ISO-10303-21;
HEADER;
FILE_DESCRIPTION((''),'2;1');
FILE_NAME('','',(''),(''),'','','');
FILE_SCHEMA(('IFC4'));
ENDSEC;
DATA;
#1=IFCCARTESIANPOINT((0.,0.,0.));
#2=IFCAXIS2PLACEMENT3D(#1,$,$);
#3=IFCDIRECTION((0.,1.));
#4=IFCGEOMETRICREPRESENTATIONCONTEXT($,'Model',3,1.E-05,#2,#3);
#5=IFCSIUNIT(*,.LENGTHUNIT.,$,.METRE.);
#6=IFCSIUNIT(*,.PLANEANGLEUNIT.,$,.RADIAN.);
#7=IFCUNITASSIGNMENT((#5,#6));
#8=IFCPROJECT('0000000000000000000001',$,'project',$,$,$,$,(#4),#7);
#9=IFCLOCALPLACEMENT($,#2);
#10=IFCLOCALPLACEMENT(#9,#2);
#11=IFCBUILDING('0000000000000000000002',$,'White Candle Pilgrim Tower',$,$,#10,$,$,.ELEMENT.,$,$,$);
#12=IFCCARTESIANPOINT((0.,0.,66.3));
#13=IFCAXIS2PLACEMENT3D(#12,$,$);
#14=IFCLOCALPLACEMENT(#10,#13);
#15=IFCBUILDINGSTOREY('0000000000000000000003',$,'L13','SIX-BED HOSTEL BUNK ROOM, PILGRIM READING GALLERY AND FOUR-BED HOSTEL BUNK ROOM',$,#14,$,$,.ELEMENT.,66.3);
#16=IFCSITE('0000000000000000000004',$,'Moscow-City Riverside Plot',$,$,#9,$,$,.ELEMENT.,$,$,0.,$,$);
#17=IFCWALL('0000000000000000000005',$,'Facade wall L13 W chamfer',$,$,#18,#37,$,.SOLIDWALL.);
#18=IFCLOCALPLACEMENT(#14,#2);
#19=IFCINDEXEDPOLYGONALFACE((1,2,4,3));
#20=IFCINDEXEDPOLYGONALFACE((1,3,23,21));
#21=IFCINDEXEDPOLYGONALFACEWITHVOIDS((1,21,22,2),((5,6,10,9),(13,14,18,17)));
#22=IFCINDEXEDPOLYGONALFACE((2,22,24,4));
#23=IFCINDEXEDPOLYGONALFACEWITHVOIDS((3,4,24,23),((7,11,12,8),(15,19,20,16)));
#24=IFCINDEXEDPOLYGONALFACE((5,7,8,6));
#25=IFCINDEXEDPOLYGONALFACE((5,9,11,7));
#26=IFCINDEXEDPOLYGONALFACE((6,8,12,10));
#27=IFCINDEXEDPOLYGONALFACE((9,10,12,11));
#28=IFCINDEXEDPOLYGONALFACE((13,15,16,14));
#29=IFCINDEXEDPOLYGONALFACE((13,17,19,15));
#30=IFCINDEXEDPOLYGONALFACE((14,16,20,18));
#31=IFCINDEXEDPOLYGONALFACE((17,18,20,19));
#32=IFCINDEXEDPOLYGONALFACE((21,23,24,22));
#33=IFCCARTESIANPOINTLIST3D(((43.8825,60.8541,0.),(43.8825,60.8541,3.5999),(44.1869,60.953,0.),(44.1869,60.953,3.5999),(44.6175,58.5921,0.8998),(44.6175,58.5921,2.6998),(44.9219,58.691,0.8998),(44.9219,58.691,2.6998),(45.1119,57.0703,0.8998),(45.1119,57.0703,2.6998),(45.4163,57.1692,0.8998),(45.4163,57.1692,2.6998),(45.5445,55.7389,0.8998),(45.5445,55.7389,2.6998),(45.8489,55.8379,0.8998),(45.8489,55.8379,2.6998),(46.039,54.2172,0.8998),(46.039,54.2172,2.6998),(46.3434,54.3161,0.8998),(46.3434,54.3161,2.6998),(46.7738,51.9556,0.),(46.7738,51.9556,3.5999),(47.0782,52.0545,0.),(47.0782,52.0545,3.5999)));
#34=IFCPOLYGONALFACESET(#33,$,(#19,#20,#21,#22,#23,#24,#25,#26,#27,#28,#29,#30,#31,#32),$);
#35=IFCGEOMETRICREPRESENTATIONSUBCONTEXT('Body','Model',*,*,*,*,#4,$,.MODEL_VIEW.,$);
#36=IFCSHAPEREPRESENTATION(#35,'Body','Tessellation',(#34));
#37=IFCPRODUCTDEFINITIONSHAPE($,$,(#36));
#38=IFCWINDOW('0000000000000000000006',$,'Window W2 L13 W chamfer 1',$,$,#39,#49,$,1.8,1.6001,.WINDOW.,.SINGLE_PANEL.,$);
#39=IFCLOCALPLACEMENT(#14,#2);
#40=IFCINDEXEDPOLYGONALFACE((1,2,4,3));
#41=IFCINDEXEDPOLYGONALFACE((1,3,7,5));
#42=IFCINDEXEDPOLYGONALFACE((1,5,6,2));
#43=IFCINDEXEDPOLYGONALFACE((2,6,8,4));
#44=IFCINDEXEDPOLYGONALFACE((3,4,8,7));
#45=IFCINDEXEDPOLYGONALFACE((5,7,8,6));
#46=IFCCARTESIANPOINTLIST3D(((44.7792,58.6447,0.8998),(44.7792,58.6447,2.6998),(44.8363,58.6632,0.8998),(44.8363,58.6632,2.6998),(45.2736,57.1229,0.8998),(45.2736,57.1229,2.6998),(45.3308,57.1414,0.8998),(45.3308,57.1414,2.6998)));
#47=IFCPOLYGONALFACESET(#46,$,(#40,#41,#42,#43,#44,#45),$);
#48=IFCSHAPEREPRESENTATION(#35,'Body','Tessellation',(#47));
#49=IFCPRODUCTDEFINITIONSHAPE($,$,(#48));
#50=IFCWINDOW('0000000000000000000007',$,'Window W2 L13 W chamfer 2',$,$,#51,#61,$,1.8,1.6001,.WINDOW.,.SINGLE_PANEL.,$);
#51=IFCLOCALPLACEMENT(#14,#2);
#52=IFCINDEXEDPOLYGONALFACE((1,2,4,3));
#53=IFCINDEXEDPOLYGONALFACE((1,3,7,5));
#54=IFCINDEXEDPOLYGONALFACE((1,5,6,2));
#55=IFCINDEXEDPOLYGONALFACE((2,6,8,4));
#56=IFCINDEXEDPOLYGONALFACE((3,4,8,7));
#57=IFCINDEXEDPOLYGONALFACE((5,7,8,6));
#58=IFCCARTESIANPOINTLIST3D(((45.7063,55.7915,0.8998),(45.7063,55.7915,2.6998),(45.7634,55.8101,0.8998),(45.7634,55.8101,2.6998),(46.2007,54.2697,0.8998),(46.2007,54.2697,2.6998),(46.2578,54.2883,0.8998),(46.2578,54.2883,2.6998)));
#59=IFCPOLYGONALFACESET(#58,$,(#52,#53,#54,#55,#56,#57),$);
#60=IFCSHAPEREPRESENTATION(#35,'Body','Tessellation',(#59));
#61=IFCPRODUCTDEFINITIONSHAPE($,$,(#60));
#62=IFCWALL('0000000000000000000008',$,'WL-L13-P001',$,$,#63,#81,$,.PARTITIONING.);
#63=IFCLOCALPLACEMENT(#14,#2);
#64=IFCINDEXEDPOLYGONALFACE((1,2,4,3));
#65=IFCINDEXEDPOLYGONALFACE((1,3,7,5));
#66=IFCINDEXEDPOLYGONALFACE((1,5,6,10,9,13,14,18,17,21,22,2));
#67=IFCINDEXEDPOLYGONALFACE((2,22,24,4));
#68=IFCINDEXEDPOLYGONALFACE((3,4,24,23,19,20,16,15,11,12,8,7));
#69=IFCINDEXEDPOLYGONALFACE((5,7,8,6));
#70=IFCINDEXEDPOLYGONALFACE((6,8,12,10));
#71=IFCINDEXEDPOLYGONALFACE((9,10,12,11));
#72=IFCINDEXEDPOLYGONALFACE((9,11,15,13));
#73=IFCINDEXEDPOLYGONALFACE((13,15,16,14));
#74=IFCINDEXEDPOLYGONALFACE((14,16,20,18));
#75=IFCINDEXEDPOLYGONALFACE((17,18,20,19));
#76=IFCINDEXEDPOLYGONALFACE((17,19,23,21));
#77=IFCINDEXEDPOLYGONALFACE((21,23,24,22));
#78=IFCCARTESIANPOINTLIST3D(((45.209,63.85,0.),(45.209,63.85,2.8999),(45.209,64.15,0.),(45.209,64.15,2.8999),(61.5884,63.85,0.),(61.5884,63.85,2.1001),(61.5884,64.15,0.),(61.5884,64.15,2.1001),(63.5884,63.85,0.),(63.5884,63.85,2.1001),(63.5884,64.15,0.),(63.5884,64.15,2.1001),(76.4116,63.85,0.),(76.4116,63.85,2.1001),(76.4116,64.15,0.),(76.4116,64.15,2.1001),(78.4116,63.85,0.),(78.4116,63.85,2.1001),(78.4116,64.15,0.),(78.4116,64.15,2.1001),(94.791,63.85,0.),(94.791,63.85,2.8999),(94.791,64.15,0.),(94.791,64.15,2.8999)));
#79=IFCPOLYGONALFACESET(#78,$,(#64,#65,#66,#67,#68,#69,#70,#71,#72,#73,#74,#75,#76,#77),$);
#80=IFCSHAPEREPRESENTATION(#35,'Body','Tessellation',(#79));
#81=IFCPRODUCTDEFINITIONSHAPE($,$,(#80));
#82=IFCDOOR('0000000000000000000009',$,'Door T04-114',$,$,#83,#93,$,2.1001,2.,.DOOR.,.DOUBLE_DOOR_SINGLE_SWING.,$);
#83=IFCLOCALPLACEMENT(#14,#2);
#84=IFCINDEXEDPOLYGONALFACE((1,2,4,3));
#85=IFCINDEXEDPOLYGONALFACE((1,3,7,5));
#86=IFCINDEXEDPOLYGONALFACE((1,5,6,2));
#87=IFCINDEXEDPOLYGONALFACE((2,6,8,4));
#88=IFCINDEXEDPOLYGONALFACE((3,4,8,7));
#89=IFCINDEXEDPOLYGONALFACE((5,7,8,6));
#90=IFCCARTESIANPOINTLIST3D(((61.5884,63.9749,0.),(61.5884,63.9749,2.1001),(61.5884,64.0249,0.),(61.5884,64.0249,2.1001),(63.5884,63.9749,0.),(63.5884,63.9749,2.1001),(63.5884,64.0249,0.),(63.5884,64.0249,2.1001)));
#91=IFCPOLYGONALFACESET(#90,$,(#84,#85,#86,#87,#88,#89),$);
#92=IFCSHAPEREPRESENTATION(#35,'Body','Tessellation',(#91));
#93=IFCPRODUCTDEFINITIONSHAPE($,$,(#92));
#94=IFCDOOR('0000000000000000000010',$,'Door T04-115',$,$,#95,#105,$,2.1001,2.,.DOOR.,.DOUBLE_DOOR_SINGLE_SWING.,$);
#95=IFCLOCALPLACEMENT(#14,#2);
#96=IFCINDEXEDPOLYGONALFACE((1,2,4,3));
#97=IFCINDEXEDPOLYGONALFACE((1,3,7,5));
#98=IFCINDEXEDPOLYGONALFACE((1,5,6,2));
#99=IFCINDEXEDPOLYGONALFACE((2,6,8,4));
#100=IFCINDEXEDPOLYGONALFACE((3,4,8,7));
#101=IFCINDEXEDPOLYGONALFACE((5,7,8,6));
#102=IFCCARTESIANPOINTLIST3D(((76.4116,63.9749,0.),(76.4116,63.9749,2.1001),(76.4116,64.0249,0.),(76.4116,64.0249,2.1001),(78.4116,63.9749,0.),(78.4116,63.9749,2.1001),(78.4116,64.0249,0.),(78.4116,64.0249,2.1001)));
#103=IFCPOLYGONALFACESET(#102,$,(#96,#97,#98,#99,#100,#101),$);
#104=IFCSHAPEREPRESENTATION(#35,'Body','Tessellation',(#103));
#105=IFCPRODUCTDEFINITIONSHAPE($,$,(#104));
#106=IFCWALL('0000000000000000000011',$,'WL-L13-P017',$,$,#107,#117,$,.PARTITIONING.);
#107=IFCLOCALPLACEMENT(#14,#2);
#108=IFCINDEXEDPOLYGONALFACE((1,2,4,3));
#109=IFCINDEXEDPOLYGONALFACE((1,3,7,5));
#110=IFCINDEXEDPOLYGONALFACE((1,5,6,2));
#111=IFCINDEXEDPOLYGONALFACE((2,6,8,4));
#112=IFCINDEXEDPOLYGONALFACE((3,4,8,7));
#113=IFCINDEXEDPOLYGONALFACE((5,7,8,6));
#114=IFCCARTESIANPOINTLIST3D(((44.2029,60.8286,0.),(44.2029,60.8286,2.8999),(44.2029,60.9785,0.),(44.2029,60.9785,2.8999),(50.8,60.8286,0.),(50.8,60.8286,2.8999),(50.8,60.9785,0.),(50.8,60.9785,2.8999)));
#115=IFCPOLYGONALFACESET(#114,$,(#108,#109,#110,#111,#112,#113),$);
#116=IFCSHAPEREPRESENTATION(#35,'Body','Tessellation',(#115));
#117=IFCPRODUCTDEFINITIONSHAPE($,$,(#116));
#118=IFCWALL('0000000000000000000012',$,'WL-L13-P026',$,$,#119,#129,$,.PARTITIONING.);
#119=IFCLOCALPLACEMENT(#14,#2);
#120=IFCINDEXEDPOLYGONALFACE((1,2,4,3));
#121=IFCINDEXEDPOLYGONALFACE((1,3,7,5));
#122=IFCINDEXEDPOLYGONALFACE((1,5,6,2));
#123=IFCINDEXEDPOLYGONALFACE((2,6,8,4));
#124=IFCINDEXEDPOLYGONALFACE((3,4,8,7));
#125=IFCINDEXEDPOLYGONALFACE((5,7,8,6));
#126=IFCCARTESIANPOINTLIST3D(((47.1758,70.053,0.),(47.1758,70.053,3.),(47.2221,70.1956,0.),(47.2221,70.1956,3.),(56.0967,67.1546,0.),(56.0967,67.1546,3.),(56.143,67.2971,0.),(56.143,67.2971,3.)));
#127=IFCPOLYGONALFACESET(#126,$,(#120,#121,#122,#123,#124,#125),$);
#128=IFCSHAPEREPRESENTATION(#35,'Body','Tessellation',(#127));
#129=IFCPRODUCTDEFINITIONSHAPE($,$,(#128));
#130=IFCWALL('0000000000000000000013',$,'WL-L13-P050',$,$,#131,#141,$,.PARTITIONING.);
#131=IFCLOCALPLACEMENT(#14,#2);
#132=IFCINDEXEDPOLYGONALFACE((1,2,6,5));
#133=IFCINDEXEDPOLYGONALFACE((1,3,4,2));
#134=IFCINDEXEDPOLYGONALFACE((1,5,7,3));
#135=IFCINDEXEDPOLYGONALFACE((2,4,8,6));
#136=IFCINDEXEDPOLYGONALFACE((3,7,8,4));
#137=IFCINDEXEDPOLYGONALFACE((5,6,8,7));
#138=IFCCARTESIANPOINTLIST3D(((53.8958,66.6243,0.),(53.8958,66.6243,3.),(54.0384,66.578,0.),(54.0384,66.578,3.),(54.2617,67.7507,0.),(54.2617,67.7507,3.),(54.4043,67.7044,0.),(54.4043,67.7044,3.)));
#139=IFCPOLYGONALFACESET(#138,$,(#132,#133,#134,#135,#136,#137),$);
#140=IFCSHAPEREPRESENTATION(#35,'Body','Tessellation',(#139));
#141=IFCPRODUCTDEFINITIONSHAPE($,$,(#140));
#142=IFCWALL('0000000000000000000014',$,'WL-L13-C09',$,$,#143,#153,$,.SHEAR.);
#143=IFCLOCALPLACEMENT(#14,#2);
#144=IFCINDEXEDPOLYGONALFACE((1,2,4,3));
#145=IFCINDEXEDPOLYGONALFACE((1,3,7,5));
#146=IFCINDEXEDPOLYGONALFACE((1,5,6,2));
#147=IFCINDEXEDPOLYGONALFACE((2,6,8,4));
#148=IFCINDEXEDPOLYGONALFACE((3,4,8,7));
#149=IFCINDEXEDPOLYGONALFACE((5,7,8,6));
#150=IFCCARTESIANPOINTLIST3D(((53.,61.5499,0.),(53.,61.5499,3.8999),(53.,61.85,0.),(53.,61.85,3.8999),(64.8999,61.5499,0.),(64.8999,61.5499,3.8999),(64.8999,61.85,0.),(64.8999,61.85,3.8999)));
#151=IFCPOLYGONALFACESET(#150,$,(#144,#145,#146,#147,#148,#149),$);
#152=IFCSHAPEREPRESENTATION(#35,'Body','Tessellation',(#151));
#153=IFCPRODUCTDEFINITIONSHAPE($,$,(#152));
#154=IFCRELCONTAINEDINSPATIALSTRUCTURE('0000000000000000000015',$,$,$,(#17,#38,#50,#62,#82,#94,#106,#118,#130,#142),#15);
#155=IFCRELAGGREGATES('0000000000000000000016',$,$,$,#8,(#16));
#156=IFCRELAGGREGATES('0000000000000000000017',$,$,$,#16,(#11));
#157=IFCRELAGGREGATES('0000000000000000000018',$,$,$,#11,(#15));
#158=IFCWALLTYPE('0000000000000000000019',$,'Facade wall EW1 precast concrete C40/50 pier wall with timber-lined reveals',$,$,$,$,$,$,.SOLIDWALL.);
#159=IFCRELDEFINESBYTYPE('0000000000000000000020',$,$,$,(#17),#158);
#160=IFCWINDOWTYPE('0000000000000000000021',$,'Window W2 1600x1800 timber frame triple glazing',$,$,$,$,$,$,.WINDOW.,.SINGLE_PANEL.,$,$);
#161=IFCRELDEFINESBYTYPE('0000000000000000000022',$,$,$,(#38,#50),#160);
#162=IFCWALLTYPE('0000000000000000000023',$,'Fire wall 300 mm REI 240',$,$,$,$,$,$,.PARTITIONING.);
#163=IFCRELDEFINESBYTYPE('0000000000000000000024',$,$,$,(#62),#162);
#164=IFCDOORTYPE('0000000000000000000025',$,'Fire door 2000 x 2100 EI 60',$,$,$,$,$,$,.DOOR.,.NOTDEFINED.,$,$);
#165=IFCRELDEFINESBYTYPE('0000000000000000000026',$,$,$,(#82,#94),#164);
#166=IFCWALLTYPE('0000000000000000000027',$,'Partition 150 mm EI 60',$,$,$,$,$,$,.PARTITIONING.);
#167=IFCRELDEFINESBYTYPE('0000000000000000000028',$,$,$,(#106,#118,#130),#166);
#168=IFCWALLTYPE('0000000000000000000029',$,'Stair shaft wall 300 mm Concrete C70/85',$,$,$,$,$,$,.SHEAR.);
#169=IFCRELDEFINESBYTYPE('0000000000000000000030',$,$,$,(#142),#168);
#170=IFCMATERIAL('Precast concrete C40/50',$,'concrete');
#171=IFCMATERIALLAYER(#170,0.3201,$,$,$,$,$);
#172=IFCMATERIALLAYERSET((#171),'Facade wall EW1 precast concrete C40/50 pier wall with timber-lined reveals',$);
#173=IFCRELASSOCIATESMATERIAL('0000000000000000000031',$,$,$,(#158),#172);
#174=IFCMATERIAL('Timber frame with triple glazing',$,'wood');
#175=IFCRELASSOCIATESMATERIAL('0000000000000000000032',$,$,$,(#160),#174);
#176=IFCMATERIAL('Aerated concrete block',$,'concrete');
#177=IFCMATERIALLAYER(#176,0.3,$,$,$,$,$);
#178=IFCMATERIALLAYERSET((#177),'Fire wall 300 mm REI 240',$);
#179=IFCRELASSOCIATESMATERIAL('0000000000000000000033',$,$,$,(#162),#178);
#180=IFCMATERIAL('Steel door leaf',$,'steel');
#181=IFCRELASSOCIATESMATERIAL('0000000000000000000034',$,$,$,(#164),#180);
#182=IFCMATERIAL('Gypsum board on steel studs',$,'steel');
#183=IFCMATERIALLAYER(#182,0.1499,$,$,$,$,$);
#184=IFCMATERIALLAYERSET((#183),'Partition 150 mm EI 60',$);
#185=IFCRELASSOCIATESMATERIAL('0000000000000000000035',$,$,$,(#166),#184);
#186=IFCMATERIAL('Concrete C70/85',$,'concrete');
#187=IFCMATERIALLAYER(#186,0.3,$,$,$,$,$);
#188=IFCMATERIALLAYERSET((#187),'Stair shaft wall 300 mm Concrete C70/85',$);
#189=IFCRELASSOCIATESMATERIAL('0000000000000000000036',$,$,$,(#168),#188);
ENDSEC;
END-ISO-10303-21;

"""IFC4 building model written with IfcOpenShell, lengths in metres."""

from ifc_helpers import new_model, si_unit, direction, frame, frame_2d, origin, place, context, subcontext, project, spatial, rectangle, extrude, material, layer, layer_set, type_object, element, fill, save


model = new_model("IFC4")

# Units and contexts
model_context = context("Model", 3, precision=1e-05, world=origin(), true_north=direction((0.0, 1.0)))
body_context = subcontext(model_context, "Body", "Model", "MODEL_VIEW")
ifc_project = project(units=[si_unit("LENGTHUNIT", "METRE"), si_unit("PLANEANGLEUNIT", "RADIAN")], contexts=[model_context])

# Site, building, storey
site_placement = place(None, origin())
site = spatial("IfcSite", under=ifc_project, at=site_placement, Name="Moscow-City Riverside Plot", CompositionType="ELEMENT", RefElevation=0.0)
building_placement = place(site_placement, origin())
building = spatial("IfcBuilding", under=site, at=building_placement, Name="White Candle Pilgrim Tower", CompositionType="ELEMENT")
storey_placement = place(building_placement, frame((0.0, 0.0, 66.3)))
storey = spatial("IfcBuildingStorey", under=building, at=storey_placement, Name="L13", Description="SIX-BED HOSTEL BUNK ROOM, PILGRIM READING GALLERY AND FOUR-BED HOSTEL BUNK ROOM", CompositionType="ELEMENT", Elevation=66.3)

# Shared definitions
ifc_material_1 = material(Name="Gypsum board on steel studs", Category="steel")
ifc_material_2 = material(Name="Steel door leaf", Category="steel")

# Wall, openings, windows
ifc_material_3 = material(Name="Precast concrete C40/50", Category="concrete")
ifc_layer_1 = layer(ifc_material_3, 0.3201)
ifc_layer_set_1 = layer_set([ifc_layer_1], Name="Facade wall EW1 precast concrete C40/50 pier wall with timber-lined reveals")
wall_type_1 = type_object("IfcWallType", Name="Facade wall EW1 precast concrete C40/50 pier wall with timber-lined reveals", PredefinedType="SOLIDWALL", material=ifc_layer_set_1)
wall_1_placement = place(storey_placement, frame((44.0347, 60.9036, 0.0), z_axis=(0.0, 0.0, 1.0), x_axis=(0.309025, -0.951054, 0.0)))
wall_1 = element("IfcWall", 1, at=wall_1_placement, inside=storey, type_object=wall_type_1, Name="Facade wall L13 W chamfer", PredefinedType="SOLIDWALL", context=body_context, shape_type="SweptSolid", body=[
    extrude(rectangle(XDim=9.3564, YDim=0.3201, at=frame_2d((4.6782, 0.0))), origin(), (0.0, 0.0, 1.0), 3.5999),
])
opening_1_placement = place(wall_1_placement, frame((2.3784, 0.0, 0.8999)))
opening_1 = element("IfcOpeningElement", 2, at=opening_1_placement, cuts=wall_1, PredefinedType="OPENING", context=body_context, shape_type="SweptSolid", body=[
    extrude(rectangle(XDim=1.6001, YDim=1.8, at=frame_2d((0.8, 0.8999))), frame((0.0, 0.1699, 0.0), z_axis=(0.0, -1.0, 0.0), x_axis=(1.0, 0.0, 0.0)), (0.0, 0.0, 1.0), 0.3401),
])
opening_2_placement = place(wall_1_placement, frame((5.3784, 0.0, 0.8999)))
opening_2 = element("IfcOpeningElement", 3, at=opening_2_placement, cuts=wall_1, PredefinedType="OPENING", context=body_context, shape_type="SweptSolid", body=[
    extrude(rectangle(XDim=1.6001, YDim=1.8, at=frame_2d((0.8, 0.8999))), frame((0.0, 0.1699, 0.0), z_axis=(0.0, -1.0, 0.0), x_axis=(1.0, 0.0, 0.0)), (0.0, 0.0, 1.0), 0.3401),
])
ifc_material_4 = material(Name="Timber frame with triple glazing", Category="wood")
window_type = type_object("IfcWindowType", Name="Window W2 1600x1800 timber frame triple glazing", PartitioningType="SINGLE_PANEL", PredefinedType="WINDOW", material=ifc_material_4)
window_1_placement = place(opening_1_placement, origin())
window_1 = element("IfcWindow", 4, at=window_1_placement, inside=storey, type_object=window_type, Name="Window W2 L13 W chamfer 1", OverallHeight=1.8, OverallWidth=1.6001, PartitioningType="SINGLE_PANEL", PredefinedType="WINDOW", context=body_context, shape_type="SweptSolid", body=[
    extrude(rectangle(XDim=1.6001, YDim=1.8, at=frame_2d((0.8, 0.8999))), frame((0.0, 0.0701, 0.0), z_axis=(0.0, -1.0, 0.0), x_axis=(1.0, 0.0, 0.0)), (0.0, 0.0, 1.0), 0.0601),
])
fill(opening_1, window_1)
window_2_placement = place(opening_2_placement, origin())
window_2 = element("IfcWindow", 5, at=window_2_placement, inside=storey, type_object=window_type, Name="Window W2 L13 W chamfer 2", OverallHeight=1.8, OverallWidth=1.6001, PartitioningType="SINGLE_PANEL", PredefinedType="WINDOW", context=body_context, shape_type="SweptSolid", body=[
    extrude(rectangle(XDim=1.6001, YDim=1.8, at=frame_2d((0.8, 0.8999))), frame((0.0, 0.0701, 0.0), z_axis=(0.0, -1.0, 0.0), x_axis=(1.0, 0.0, 0.0)), (0.0, 0.0, 1.0), 0.0601),
])
fill(opening_2, window_2)

# Wall, openings, doors
ifc_material_5 = material(Name="Aerated concrete block", Category="concrete")
ifc_layer_2 = layer(ifc_material_5, 0.3)
ifc_layer_set_2 = layer_set([ifc_layer_2], Name="Fire wall 300 mm REI 240")
wall_type_2 = type_object("IfcWallType", Name="Fire wall 300 mm REI 240", PredefinedType="PARTITIONING", material=ifc_layer_set_2)
wall_2_placement = place(storey_placement, frame((45.209, 64.0, 0.0), z_axis=(0.0, 0.0, 1.0), x_axis=(1.0, 0.0, 0.0)))
wall_2 = element("IfcWall", 6, at=wall_2_placement, inside=storey, type_object=wall_type_2, Name="WL-L13-P001", PredefinedType="PARTITIONING", context=body_context, shape_type="SweptSolid", body=[
    extrude(rectangle(XDim=49.582, YDim=0.3, at=frame_2d((24.791, 0.0))), origin(), (0.0, 0.0, 1.0), 2.8999),
])
opening_3_placement = place(wall_2_placement, frame((16.3794, 0.0, 0.0)))
opening_3 = element("IfcOpeningElement", 7, at=opening_3_placement, cuts=wall_2, PredefinedType="OPENING", context=body_context, shape_type="SweptSolid", body=[
    extrude(rectangle(XDim=2.0, YDim=2.1001, at=frame_2d((1.0, 1.05))), frame((0.0, 0.1599, 0.0), z_axis=(0.0, -1.0, 0.0), x_axis=(1.0, 0.0, 0.0)), (0.0, 0.0, 1.0), 0.3201),
])
opening_4_placement = place(wall_2_placement, frame((31.2026, 0.0, 0.0)))
opening_4 = element("IfcOpeningElement", 8, at=opening_4_placement, cuts=wall_2, PredefinedType="OPENING", context=body_context, shape_type="SweptSolid", body=[
    extrude(rectangle(XDim=2.0, YDim=2.1001, at=frame_2d((1.0, 1.05))), frame((0.0, 0.1599, 0.0), z_axis=(0.0, -1.0, 0.0), x_axis=(1.0, 0.0, 0.0)), (0.0, 0.0, 1.0), 0.3201),
])
door_type_1 = type_object("IfcDoorType", Name="Fire door 2000 x 2100 EI 60", OperationType="NOTDEFINED", PredefinedType="DOOR", material=ifc_material_2)
door_1_placement = place(opening_3_placement, origin())
door_1 = element("IfcDoor", 9, at=door_1_placement, inside=storey, type_object=door_type_1, Name="Door T04-114", OperationType="DOUBLE_DOOR_SINGLE_SWING", OverallHeight=2.1001, OverallWidth=2.0, PredefinedType="DOOR", context=body_context, shape_type="SweptSolid", body=[
    extrude(rectangle(XDim=2.0, YDim=2.1001, at=frame_2d((1.0, 1.05))), frame((0.0, 0.0249, 0.0), z_axis=(0.0, -1.0, 0.0), x_axis=(1.0, 0.0, 0.0)), (0.0, 0.0, 1.0), 0.05),
])
fill(opening_3, door_1)
door_2_placement = place(opening_4_placement, origin())
door_2 = element("IfcDoor", 10, at=door_2_placement, inside=storey, type_object=door_type_1, Name="Door T04-115", OperationType="DOUBLE_DOOR_SINGLE_SWING", OverallHeight=2.1001, OverallWidth=2.0, PredefinedType="DOOR", context=body_context, shape_type="SweptSolid", body=[
    extrude(rectangle(XDim=2.0, YDim=2.1001, at=frame_2d((1.0, 1.05))), frame((0.0, 0.0249, 0.0), z_axis=(0.0, -1.0, 0.0), x_axis=(1.0, 0.0, 0.0)), (0.0, 0.0, 1.0), 0.05),
])
fill(opening_4, door_2)

# Walls
ifc_layer_3 = layer(ifc_material_1, 0.1499)
ifc_layer_set_3 = layer_set([ifc_layer_3], Name="Partition 150 mm EI 60")
wall_type_3 = type_object("IfcWallType", Name="Partition 150 mm EI 60", PredefinedType="PARTITIONING", material=ifc_layer_set_3)
wall_3_placement = place(storey_placement, frame((44.2029, 60.9036, 0.0), z_axis=(0.0, 0.0, 1.0), x_axis=(1.0, 0.0, 0.0)))
element("IfcWall", 11, at=wall_3_placement, inside=storey, type_object=wall_type_3, Name="WL-L13-P017", PredefinedType="PARTITIONING", context=body_context, shape_type="SweptSolid", body=[
    extrude(rectangle(XDim=6.5972, YDim=0.1499, at=frame_2d((3.2986, 0.0))), origin(), (0.0, 0.0, 1.0), 2.8999),
])
wall_4_placement = place(storey_placement, frame((47.199, 70.1243, 0.0), z_axis=(0.0, 0.0, 1.0), x_axis=(0.951061, -0.309004, 0.0)))
element("IfcWall", 12, at=wall_4_placement, inside=storey, type_object=wall_type_3, Name="WL-L13-P026", PredefinedType="PARTITIONING", context=body_context, shape_type="SweptSolid", body=[
    extrude(rectangle(XDim=9.3799, YDim=0.1499, at=frame_2d((4.6899, 0.0))), origin(), (0.0, 0.0, 1.0), 3.0),
])
wall_5_placement = place(storey_placement, frame((53.967, 66.6011, 0.0), z_axis=(0.0, 0.0, 1.0), x_axis=(0.308984, 0.951067, 0.0)))
element("IfcWall", 13, at=wall_5_placement, inside=storey, type_object=wall_type_3, Name="WL-L13-P050", PredefinedType="PARTITIONING", context=body_context, shape_type="SweptSolid", body=[
    extrude(rectangle(XDim=1.1843, YDim=0.1499, at=frame_2d((0.5923, 0.0))), origin(), (0.0, 0.0, 1.0), 3.0),
])
ifc_material_6 = material(Name="Concrete C70/85", Category="concrete")
ifc_layer_4 = layer(ifc_material_6, 0.3)
ifc_layer_set_4 = layer_set([ifc_layer_4], Name="Stair shaft wall 300 mm Concrete C70/85")
wall_type_4 = type_object("IfcWallType", Name="Stair shaft wall 300 mm Concrete C70/85", PredefinedType="SHEAR", material=ifc_layer_set_4)
wall_6_placement = place(storey_placement, frame((53.0, 61.7, 0.0), z_axis=(0.0, 0.0, 1.0), x_axis=(1.0, 0.0, 0.0)))
element("IfcWall", 14, at=wall_6_placement, inside=storey, type_object=wall_type_4, Name="WL-L13-C09", PredefinedType="SHEAR", context=body_context, shape_type="SweptSolid", body=[
    extrude(rectangle(XDim=11.8999, YDim=0.3, at=frame_2d((5.95, 0.0))), origin(), (0.0, 0.0, 1.0), 3.8999),
])

save(model, "model.ifc")
